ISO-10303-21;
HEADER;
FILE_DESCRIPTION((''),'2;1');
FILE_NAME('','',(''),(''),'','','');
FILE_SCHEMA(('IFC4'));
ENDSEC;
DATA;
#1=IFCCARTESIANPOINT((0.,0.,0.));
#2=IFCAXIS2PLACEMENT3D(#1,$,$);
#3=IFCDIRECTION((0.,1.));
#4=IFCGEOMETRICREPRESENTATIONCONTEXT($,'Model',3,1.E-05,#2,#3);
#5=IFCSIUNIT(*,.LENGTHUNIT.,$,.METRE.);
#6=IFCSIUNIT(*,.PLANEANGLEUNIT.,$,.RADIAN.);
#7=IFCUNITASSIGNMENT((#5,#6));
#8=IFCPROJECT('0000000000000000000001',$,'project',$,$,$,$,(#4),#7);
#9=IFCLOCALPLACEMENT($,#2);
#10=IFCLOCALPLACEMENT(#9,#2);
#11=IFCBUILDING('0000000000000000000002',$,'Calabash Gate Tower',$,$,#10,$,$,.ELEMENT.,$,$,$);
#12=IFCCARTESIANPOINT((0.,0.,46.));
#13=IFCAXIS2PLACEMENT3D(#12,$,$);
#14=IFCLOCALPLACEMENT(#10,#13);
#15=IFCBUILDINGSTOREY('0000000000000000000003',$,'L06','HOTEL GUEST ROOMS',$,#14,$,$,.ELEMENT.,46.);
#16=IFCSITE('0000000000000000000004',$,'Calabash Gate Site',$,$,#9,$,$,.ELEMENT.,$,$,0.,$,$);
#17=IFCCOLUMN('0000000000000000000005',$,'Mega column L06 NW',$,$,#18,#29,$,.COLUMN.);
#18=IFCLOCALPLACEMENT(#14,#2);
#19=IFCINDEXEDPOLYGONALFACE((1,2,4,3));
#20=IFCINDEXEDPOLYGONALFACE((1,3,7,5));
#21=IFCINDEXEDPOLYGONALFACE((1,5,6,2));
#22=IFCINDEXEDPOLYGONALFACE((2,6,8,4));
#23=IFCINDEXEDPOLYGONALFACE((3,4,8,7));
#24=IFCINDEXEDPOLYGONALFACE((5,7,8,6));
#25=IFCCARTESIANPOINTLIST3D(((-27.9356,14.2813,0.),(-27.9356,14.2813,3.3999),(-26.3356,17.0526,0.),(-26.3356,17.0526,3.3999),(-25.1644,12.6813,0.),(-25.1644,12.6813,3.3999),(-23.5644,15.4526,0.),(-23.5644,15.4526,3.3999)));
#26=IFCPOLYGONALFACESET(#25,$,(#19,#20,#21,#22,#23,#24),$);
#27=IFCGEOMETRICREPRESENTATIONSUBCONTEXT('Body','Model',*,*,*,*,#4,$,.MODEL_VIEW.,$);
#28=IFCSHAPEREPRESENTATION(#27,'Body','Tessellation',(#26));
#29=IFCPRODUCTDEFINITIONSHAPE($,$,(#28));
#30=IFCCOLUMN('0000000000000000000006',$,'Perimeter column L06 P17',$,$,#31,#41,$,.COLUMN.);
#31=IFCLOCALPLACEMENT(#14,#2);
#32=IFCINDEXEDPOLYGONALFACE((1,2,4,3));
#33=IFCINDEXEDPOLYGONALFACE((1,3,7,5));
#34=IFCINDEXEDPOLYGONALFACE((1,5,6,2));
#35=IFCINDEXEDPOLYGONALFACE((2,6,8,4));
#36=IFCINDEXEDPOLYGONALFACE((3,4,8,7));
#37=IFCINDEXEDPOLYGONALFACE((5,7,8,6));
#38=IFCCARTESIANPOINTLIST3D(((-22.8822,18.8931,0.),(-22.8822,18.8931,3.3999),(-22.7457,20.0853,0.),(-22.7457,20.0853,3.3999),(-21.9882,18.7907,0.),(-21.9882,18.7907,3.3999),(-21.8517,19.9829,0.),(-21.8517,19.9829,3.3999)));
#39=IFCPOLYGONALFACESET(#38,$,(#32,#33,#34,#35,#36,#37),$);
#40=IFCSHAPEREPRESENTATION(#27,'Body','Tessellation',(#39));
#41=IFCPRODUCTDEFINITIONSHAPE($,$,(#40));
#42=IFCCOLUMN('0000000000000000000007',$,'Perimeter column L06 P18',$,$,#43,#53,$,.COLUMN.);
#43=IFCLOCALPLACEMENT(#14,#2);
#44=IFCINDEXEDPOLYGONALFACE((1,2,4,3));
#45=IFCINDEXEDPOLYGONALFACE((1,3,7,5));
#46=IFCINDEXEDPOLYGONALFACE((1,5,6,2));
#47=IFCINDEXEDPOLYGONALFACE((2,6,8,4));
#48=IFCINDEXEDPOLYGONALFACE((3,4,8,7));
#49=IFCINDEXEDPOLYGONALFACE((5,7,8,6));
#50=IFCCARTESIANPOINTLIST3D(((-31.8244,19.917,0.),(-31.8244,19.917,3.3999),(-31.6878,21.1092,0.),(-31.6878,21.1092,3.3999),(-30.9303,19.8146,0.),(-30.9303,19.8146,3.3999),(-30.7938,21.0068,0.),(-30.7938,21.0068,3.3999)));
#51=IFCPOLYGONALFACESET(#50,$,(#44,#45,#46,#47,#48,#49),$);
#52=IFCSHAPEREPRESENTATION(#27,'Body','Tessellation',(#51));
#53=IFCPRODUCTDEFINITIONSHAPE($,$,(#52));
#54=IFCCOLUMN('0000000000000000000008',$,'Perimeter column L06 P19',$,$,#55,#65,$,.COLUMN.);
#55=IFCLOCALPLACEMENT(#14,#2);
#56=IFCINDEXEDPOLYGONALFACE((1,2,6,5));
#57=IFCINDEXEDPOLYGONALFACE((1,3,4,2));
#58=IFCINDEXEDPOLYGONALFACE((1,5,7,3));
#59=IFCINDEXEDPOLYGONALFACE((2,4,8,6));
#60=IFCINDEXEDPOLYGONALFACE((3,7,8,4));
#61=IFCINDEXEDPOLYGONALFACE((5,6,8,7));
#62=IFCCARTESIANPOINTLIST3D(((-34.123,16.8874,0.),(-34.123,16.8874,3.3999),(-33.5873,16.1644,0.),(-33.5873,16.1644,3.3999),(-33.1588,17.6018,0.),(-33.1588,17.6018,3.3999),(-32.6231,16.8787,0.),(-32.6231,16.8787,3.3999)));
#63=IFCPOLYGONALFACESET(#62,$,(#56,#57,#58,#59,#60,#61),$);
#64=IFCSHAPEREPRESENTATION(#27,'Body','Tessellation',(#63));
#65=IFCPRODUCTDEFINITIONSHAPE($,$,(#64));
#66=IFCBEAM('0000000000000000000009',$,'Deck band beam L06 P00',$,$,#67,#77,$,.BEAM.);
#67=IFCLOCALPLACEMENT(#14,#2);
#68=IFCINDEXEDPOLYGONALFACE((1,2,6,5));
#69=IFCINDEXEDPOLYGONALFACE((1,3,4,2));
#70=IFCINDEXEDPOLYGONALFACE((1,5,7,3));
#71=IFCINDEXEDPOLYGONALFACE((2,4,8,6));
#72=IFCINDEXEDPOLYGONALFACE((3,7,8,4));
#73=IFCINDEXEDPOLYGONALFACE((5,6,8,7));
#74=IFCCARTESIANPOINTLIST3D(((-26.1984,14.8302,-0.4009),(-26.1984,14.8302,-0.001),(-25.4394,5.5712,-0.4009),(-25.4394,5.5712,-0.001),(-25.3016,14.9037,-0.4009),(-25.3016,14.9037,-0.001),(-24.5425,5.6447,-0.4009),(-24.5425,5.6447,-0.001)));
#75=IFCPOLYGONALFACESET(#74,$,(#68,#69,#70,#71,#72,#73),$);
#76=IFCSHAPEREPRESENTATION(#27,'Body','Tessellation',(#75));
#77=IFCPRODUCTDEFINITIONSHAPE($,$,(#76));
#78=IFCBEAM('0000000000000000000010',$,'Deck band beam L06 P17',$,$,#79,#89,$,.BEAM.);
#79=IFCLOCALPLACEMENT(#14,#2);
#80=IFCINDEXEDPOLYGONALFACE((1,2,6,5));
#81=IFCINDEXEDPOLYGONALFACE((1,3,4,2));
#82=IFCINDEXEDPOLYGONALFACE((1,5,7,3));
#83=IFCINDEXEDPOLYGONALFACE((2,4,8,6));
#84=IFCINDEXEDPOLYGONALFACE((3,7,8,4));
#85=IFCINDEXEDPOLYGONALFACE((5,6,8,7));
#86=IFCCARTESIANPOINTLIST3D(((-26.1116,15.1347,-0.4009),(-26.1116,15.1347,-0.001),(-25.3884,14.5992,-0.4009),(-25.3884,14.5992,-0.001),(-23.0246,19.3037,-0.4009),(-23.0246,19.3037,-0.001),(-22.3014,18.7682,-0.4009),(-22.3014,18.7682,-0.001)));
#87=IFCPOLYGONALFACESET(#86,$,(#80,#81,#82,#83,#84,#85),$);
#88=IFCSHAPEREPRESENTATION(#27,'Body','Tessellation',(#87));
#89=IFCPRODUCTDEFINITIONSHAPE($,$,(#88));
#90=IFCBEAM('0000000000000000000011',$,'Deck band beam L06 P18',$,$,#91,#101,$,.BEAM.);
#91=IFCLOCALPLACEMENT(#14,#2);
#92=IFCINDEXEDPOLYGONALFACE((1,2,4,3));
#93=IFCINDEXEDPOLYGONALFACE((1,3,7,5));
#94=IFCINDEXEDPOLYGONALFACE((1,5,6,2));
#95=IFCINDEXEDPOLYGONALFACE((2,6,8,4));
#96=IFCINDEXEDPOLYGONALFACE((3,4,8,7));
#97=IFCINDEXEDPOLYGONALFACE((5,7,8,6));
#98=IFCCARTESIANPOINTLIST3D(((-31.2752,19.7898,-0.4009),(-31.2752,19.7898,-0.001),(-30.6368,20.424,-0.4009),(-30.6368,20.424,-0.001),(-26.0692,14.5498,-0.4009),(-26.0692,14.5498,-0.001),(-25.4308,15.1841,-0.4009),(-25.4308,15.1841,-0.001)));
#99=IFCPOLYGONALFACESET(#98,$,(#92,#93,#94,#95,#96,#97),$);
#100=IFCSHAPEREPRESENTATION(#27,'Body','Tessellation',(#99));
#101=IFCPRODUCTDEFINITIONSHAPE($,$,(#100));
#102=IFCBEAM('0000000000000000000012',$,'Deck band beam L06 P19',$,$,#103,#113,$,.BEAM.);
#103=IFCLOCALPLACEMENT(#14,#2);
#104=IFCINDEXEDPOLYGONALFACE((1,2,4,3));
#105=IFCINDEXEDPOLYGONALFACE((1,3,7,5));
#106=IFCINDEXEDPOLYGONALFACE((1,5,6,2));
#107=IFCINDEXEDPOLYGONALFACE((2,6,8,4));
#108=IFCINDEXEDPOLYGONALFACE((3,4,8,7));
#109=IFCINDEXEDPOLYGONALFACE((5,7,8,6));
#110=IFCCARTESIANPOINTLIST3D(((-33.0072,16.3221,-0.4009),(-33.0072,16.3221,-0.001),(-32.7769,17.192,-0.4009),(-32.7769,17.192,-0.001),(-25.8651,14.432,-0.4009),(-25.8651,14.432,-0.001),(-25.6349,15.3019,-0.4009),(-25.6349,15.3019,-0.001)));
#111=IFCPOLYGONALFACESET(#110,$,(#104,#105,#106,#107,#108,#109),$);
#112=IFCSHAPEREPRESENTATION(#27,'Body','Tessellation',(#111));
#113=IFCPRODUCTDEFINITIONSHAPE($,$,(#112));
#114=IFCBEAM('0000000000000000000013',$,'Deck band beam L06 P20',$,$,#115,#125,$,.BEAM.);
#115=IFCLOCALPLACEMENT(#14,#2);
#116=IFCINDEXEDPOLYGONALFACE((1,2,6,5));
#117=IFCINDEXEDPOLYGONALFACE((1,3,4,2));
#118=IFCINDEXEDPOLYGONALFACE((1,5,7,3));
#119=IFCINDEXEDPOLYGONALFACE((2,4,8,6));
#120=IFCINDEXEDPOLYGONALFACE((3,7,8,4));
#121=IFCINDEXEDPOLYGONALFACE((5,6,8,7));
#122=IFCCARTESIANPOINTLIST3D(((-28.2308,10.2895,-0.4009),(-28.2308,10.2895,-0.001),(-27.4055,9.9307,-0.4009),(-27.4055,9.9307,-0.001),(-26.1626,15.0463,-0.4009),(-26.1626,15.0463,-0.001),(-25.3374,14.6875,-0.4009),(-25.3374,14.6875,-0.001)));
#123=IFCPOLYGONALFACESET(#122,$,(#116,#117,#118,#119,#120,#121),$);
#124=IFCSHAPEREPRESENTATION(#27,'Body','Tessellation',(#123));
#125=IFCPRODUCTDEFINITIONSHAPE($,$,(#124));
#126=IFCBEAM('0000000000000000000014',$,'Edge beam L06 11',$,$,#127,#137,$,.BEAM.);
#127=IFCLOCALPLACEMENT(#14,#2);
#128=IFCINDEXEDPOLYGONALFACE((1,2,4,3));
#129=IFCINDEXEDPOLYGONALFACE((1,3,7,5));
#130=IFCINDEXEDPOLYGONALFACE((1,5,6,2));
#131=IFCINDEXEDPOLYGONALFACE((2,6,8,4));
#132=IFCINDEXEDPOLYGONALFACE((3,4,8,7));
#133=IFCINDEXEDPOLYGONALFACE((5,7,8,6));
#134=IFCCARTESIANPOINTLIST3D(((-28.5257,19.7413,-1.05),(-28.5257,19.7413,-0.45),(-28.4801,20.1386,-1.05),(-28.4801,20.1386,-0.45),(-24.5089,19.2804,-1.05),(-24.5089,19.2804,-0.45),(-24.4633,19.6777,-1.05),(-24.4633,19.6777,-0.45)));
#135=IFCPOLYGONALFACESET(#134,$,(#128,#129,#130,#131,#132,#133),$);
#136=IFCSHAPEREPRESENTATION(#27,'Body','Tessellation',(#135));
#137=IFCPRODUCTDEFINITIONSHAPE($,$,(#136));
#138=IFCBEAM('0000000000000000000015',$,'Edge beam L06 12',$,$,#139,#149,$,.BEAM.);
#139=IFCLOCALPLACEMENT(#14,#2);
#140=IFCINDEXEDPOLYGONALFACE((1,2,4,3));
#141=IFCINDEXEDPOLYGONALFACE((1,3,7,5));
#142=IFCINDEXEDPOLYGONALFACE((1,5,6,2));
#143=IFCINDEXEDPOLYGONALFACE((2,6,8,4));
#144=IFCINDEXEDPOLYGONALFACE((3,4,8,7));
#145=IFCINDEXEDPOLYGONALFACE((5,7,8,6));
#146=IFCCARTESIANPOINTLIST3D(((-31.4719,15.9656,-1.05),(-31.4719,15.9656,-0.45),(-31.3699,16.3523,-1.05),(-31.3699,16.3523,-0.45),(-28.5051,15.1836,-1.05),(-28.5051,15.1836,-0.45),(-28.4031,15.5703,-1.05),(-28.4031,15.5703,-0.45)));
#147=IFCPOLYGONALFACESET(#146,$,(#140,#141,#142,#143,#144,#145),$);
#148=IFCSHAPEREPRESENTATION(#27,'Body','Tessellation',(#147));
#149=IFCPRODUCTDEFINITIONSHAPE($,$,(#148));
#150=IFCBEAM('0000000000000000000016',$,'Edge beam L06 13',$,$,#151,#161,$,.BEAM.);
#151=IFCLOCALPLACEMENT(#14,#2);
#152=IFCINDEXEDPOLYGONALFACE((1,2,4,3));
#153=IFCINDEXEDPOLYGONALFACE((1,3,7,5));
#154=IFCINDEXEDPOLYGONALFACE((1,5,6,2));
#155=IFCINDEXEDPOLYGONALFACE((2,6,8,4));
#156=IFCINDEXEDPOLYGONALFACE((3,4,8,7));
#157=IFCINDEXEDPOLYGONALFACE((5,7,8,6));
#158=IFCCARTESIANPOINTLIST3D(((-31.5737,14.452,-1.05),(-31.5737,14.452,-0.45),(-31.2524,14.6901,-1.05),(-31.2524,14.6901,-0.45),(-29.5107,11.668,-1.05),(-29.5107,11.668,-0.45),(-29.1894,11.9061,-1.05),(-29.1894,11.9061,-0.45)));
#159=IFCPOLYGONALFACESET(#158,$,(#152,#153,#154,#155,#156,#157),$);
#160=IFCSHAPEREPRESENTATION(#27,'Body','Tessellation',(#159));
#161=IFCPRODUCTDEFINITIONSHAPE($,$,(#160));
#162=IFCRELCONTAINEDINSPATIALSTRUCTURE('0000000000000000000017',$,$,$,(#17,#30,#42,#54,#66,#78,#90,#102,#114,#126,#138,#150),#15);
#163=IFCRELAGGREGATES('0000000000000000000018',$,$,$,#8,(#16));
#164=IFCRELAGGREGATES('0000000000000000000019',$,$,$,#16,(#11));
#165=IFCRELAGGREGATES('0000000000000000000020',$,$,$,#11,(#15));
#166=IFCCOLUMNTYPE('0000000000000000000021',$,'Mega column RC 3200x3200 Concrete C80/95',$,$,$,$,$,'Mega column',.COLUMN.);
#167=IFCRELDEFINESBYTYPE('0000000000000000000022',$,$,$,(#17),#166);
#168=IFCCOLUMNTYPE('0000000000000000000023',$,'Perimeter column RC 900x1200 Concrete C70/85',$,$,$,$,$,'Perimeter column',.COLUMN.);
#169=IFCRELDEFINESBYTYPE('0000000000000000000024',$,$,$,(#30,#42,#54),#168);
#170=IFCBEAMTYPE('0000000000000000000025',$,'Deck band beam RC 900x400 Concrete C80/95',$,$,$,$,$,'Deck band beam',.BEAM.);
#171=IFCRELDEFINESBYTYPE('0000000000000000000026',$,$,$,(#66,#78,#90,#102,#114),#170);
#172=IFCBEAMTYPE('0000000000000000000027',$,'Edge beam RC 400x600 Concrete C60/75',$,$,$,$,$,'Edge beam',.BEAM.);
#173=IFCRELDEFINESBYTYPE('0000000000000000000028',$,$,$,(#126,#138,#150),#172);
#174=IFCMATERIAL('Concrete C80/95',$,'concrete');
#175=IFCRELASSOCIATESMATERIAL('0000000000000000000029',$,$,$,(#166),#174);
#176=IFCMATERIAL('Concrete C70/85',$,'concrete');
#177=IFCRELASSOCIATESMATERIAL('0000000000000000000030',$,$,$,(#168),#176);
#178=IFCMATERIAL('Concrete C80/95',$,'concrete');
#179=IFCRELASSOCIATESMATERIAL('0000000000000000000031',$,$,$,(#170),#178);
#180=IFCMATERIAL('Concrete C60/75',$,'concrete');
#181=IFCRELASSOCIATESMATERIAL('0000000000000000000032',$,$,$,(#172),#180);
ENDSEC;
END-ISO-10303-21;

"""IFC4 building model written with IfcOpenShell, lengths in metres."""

from ifc_helpers import new_model, si_unit, direction, frame, origin, origin_2d, place, context, subcontext, project, spatial, rectangle, extrude, material, material_profile, profile_set, type_object, element, save


model = new_model("IFC4")

# Units and contexts
model_context = context("Model", 3, precision=1e-05, world=origin(), true_north=direction((0.0, 1.0)))
body_context = subcontext(model_context, "Body", "Model", "MODEL_VIEW")
ifc_project = project(units=[si_unit("LENGTHUNIT", "METRE"), si_unit("PLANEANGLEUNIT", "RADIAN")], contexts=[model_context])

# Site, building, storey
site_placement = place(None, origin())
site = spatial("IfcSite", under=ifc_project, at=site_placement, Name="Calabash Gate Site", CompositionType="ELEMENT", RefElevation=0.0)
building_placement = place(site_placement, origin())
building = spatial("IfcBuilding", under=site, at=building_placement, Name="Calabash Gate Tower", CompositionType="ELEMENT")
storey_placement = place(building_placement, frame((0.0, 0.0, 46.0)))
storey = spatial("IfcBuildingStorey", under=building, at=storey_placement, Name="L06", Description="HOTEL GUEST ROOMS", CompositionType="ELEMENT", Elevation=46.0)

# Columns
ifc_material_1 = material(Name="Concrete C80/95", Category="concrete")
ifc_material_profile_1 = material_profile(ifc_material_1, rectangle(XDim=3.2, YDim=3.2, at=origin_2d()))
ifc_profile_set_1 = profile_set([ifc_material_profile_1], Name="Concrete C80/95")
column_type_1 = type_object("IfcColumnType", Name="Mega column RC 3200x3200 Concrete C80/95", ElementType="Mega column", PredefinedType="COLUMN", material=ifc_profile_set_1)
column_placement = place(storey_placement, frame((-25.75, 14.8669, 0.0), z_axis=(0.0, 0.0, 1.0), x_axis=(0.866025, -0.5, 0.0)))
element("IfcColumn", 1, at=column_placement, inside=storey, type_object=column_type_1, Name="Mega column L06 NW", PredefinedType="COLUMN", context=body_context, shape_type="SweptSolid", body=[
    extrude(rectangle(XDim=3.2, YDim=3.2, at=origin_2d()), origin(), (0.0, 0.0, 1.0), 3.3999),
])
ifc_material_2 = material(Name="Concrete C70/85", Category="concrete")
ifc_material_profile_2 = material_profile(ifc_material_2, rectangle(XDim=0.8999, YDim=1.2, at=origin_2d()))
ifc_profile_set_2 = profile_set([ifc_material_profile_2], Name="Concrete C70/85")
column_type_2 = type_object("IfcColumnType", Name="Perimeter column RC 900x1200 Concrete C70/85", ElementType="Perimeter column", PredefinedType="COLUMN", material=ifc_profile_set_2)
for number, where, z_axis, x_axis, name in (
    (2, (-22.3669, 19.438, 0.0), (0.0, 0.0, 1.0), (-0.993506, 0.113777, 0.0), "Perimeter column L06 P17"),
    (3, (-31.3091, 20.4619, 0.0), (0.0, 0.0, 1.0), (-0.993506, 0.113777, 0.0), "Perimeter column L06 P18"),
    (4, (-33.373, 16.8831, 0.0), (0.0, 0.0, 1.0), (0.595287, -0.803513, 0.0), "Perimeter column L06 P19"),
):
    element("IfcColumn", number, at=place(storey_placement, frame(where, z_axis=z_axis, x_axis=x_axis)), inside=storey, type_object=column_type_2, Name=name, PredefinedType="COLUMN", context=body_context, shape_type="SweptSolid", body=[
        extrude(rectangle(XDim=0.8999, YDim=1.2, at=origin_2d()), origin(), (0.0, 0.0, 1.0), 3.3999),
    ])

# Beams
ifc_material_3 = material(Name="Concrete C80/95", Category="concrete")
ifc_material_profile_3 = material_profile(ifc_material_3, rectangle(XDim=0.8999, YDim=0.3999, at=origin_2d()))
ifc_profile_set_3 = profile_set([ifc_material_profile_3], Name="Concrete C80/95")
beam_type_1 = type_object("IfcBeamType", Name="Deck band beam RC 900x400 Concrete C80/95", ElementType="Deck band beam", PredefinedType="BEAM", material=ifc_profile_set_3)
beam_1_placement = place(storey_placement, frame((-25.75, 14.8669, -0.2009), z_axis=(0.081704, -0.996657, 0.0), x_axis=(0.996657, 0.081704, 0.0)))
element("IfcBeam", 5, at=beam_1_placement, inside=storey, type_object=beam_type_1, Name="Deck band beam L06 P00", PredefinedType="BEAM", context=body_context, shape_type="SweptSolid", body=[
    extrude(rectangle(XDim=0.8999, YDim=0.3999, at=origin_2d()), origin(), (0.0, 0.0, 1.0), 9.29),
])
beam_2_placement = place(storey_placement, frame((-25.75, 14.8669, -0.2009), z_axis=(0.595079, 0.803667, 0.0), x_axis=(-0.803667, 0.595079, 0.0)))
element("IfcBeam", 6, at=beam_2_placement, inside=storey, type_object=beam_type_1, Name="Deck band beam L06 P17", PredefinedType="BEAM", context=body_context, shape_type="SweptSolid", body=[
    extrude(rectangle(XDim=0.8999, YDim=0.3999, at=origin_2d()), origin(), (0.0, 0.0, 1.0), 5.1875),
])
beam_3_placement = place(storey_placement, frame((-25.75, 14.8669, -0.2009), z_axis=(-0.704806, 0.7094, 0.0), x_axis=(-0.7094, -0.704806, 0.0)))
element("IfcBeam", 7, at=beam_3_placement, inside=storey, type_object=beam_type_1, Name="Deck band beam L06 P18", PredefinedType="BEAM", context=body_context, shape_type="SweptSolid", body=[
    extrude(rectangle(XDim=0.8999, YDim=0.3999, at=origin_2d()), origin(), (0.0, 0.0, 1.0), 7.3865),
])
beam_4_placement = place(storey_placement, frame((-25.75, 14.8669, -0.2009), z_axis=(-0.966719, 0.25584, 0.0), x_axis=(-0.25584, -0.966719, 0.0)))
element("IfcBeam", 8, at=beam_4_placement, inside=storey, type_object=beam_type_1, Name="Deck band beam L06 P19", PredefinedType="BEAM", context=body_context, shape_type="SweptSolid", body=[
    extrude(rectangle(XDim=0.8999, YDim=0.3999, at=origin_2d()), origin(), (0.0, 0.0, 1.0), 7.3879),
])
beam_5_placement = place(storey_placement, frame((-25.75, 14.8669, -0.2009), z_axis=(-0.398714, -0.917075, 0.0), x_axis=(0.917075, -0.398714, 0.0)))
element("IfcBeam", 9, at=beam_5_placement, inside=storey, type_object=beam_type_1, Name="Deck band beam L06 P20", PredefinedType="BEAM", context=body_context, shape_type="SweptSolid", body=[
    extrude(rectangle(XDim=0.8999, YDim=0.3999, at=origin_2d()), origin(), (0.0, 0.0, 1.0), 5.187),
])
ifc_material_4 = material(Name="Concrete C60/75", Category="concrete")
ifc_material_profile_4 = material_profile(ifc_material_4, rectangle(XDim=0.3999, YDim=0.6001, at=origin_2d()))
ifc_profile_set_4 = profile_set([ifc_material_profile_4], Name="Concrete C60/75")
beam_type_2 = type_object("IfcBeamType", Name="Edge beam RC 400x600 Concrete C60/75", ElementType="Edge beam", PredefinedType="BEAM", material=ifc_profile_set_4)
beam_6_placement = place(storey_placement, frame((-24.4861, 19.479, -0.75), z_axis=(-0.99348, 0.114003, 0.0), x_axis=(-0.114003, -0.99348, 0.0)))
element("IfcBeam", 10, at=beam_6_placement, inside=storey, type_object=beam_type_2, Name="Edge beam L06 11", PredefinedType="BEAM", context=body_context, shape_type="SweptSolid", body=[
    extrude(rectangle(XDim=0.3999, YDim=0.6001, at=origin_2d()), origin(), (0.0, 0.0, 1.0), 4.0432),
])
beam_7_placement = place(storey_placement, frame((-28.4541, 15.377, -0.75), z_axis=(-0.966974, 0.254873, 0.0), x_axis=(-0.254873, -0.966974, 0.0)))
element("IfcBeam", 11, at=beam_7_placement, inside=storey, type_object=beam_type_2, Name="Edge beam L06 12", PredefinedType="BEAM", context=body_context, shape_type="SweptSolid", body=[
    extrude(rectangle(XDim=0.3999, YDim=0.6001, at=origin_2d()), origin(), (0.0, 0.0, 1.0), 3.0681),
])
beam_8_placement = place(storey_placement, frame((-31.4131, 14.571, -0.75), z_axis=(0.595379, -0.803445, 0.0), x_axis=(0.803445, 0.595379, 0.0)))
element("IfcBeam", 12, at=beam_8_placement, inside=storey, type_object=beam_type_2, Name="Edge beam L06 13", PredefinedType="BEAM", context=body_context, shape_type="SweptSolid", body=[
    extrude(rectangle(XDim=0.3999, YDim=0.6001, at=origin_2d()), origin(), (0.0, 0.0, 1.0), 3.4651),
])

save(model, "model.ifc")
